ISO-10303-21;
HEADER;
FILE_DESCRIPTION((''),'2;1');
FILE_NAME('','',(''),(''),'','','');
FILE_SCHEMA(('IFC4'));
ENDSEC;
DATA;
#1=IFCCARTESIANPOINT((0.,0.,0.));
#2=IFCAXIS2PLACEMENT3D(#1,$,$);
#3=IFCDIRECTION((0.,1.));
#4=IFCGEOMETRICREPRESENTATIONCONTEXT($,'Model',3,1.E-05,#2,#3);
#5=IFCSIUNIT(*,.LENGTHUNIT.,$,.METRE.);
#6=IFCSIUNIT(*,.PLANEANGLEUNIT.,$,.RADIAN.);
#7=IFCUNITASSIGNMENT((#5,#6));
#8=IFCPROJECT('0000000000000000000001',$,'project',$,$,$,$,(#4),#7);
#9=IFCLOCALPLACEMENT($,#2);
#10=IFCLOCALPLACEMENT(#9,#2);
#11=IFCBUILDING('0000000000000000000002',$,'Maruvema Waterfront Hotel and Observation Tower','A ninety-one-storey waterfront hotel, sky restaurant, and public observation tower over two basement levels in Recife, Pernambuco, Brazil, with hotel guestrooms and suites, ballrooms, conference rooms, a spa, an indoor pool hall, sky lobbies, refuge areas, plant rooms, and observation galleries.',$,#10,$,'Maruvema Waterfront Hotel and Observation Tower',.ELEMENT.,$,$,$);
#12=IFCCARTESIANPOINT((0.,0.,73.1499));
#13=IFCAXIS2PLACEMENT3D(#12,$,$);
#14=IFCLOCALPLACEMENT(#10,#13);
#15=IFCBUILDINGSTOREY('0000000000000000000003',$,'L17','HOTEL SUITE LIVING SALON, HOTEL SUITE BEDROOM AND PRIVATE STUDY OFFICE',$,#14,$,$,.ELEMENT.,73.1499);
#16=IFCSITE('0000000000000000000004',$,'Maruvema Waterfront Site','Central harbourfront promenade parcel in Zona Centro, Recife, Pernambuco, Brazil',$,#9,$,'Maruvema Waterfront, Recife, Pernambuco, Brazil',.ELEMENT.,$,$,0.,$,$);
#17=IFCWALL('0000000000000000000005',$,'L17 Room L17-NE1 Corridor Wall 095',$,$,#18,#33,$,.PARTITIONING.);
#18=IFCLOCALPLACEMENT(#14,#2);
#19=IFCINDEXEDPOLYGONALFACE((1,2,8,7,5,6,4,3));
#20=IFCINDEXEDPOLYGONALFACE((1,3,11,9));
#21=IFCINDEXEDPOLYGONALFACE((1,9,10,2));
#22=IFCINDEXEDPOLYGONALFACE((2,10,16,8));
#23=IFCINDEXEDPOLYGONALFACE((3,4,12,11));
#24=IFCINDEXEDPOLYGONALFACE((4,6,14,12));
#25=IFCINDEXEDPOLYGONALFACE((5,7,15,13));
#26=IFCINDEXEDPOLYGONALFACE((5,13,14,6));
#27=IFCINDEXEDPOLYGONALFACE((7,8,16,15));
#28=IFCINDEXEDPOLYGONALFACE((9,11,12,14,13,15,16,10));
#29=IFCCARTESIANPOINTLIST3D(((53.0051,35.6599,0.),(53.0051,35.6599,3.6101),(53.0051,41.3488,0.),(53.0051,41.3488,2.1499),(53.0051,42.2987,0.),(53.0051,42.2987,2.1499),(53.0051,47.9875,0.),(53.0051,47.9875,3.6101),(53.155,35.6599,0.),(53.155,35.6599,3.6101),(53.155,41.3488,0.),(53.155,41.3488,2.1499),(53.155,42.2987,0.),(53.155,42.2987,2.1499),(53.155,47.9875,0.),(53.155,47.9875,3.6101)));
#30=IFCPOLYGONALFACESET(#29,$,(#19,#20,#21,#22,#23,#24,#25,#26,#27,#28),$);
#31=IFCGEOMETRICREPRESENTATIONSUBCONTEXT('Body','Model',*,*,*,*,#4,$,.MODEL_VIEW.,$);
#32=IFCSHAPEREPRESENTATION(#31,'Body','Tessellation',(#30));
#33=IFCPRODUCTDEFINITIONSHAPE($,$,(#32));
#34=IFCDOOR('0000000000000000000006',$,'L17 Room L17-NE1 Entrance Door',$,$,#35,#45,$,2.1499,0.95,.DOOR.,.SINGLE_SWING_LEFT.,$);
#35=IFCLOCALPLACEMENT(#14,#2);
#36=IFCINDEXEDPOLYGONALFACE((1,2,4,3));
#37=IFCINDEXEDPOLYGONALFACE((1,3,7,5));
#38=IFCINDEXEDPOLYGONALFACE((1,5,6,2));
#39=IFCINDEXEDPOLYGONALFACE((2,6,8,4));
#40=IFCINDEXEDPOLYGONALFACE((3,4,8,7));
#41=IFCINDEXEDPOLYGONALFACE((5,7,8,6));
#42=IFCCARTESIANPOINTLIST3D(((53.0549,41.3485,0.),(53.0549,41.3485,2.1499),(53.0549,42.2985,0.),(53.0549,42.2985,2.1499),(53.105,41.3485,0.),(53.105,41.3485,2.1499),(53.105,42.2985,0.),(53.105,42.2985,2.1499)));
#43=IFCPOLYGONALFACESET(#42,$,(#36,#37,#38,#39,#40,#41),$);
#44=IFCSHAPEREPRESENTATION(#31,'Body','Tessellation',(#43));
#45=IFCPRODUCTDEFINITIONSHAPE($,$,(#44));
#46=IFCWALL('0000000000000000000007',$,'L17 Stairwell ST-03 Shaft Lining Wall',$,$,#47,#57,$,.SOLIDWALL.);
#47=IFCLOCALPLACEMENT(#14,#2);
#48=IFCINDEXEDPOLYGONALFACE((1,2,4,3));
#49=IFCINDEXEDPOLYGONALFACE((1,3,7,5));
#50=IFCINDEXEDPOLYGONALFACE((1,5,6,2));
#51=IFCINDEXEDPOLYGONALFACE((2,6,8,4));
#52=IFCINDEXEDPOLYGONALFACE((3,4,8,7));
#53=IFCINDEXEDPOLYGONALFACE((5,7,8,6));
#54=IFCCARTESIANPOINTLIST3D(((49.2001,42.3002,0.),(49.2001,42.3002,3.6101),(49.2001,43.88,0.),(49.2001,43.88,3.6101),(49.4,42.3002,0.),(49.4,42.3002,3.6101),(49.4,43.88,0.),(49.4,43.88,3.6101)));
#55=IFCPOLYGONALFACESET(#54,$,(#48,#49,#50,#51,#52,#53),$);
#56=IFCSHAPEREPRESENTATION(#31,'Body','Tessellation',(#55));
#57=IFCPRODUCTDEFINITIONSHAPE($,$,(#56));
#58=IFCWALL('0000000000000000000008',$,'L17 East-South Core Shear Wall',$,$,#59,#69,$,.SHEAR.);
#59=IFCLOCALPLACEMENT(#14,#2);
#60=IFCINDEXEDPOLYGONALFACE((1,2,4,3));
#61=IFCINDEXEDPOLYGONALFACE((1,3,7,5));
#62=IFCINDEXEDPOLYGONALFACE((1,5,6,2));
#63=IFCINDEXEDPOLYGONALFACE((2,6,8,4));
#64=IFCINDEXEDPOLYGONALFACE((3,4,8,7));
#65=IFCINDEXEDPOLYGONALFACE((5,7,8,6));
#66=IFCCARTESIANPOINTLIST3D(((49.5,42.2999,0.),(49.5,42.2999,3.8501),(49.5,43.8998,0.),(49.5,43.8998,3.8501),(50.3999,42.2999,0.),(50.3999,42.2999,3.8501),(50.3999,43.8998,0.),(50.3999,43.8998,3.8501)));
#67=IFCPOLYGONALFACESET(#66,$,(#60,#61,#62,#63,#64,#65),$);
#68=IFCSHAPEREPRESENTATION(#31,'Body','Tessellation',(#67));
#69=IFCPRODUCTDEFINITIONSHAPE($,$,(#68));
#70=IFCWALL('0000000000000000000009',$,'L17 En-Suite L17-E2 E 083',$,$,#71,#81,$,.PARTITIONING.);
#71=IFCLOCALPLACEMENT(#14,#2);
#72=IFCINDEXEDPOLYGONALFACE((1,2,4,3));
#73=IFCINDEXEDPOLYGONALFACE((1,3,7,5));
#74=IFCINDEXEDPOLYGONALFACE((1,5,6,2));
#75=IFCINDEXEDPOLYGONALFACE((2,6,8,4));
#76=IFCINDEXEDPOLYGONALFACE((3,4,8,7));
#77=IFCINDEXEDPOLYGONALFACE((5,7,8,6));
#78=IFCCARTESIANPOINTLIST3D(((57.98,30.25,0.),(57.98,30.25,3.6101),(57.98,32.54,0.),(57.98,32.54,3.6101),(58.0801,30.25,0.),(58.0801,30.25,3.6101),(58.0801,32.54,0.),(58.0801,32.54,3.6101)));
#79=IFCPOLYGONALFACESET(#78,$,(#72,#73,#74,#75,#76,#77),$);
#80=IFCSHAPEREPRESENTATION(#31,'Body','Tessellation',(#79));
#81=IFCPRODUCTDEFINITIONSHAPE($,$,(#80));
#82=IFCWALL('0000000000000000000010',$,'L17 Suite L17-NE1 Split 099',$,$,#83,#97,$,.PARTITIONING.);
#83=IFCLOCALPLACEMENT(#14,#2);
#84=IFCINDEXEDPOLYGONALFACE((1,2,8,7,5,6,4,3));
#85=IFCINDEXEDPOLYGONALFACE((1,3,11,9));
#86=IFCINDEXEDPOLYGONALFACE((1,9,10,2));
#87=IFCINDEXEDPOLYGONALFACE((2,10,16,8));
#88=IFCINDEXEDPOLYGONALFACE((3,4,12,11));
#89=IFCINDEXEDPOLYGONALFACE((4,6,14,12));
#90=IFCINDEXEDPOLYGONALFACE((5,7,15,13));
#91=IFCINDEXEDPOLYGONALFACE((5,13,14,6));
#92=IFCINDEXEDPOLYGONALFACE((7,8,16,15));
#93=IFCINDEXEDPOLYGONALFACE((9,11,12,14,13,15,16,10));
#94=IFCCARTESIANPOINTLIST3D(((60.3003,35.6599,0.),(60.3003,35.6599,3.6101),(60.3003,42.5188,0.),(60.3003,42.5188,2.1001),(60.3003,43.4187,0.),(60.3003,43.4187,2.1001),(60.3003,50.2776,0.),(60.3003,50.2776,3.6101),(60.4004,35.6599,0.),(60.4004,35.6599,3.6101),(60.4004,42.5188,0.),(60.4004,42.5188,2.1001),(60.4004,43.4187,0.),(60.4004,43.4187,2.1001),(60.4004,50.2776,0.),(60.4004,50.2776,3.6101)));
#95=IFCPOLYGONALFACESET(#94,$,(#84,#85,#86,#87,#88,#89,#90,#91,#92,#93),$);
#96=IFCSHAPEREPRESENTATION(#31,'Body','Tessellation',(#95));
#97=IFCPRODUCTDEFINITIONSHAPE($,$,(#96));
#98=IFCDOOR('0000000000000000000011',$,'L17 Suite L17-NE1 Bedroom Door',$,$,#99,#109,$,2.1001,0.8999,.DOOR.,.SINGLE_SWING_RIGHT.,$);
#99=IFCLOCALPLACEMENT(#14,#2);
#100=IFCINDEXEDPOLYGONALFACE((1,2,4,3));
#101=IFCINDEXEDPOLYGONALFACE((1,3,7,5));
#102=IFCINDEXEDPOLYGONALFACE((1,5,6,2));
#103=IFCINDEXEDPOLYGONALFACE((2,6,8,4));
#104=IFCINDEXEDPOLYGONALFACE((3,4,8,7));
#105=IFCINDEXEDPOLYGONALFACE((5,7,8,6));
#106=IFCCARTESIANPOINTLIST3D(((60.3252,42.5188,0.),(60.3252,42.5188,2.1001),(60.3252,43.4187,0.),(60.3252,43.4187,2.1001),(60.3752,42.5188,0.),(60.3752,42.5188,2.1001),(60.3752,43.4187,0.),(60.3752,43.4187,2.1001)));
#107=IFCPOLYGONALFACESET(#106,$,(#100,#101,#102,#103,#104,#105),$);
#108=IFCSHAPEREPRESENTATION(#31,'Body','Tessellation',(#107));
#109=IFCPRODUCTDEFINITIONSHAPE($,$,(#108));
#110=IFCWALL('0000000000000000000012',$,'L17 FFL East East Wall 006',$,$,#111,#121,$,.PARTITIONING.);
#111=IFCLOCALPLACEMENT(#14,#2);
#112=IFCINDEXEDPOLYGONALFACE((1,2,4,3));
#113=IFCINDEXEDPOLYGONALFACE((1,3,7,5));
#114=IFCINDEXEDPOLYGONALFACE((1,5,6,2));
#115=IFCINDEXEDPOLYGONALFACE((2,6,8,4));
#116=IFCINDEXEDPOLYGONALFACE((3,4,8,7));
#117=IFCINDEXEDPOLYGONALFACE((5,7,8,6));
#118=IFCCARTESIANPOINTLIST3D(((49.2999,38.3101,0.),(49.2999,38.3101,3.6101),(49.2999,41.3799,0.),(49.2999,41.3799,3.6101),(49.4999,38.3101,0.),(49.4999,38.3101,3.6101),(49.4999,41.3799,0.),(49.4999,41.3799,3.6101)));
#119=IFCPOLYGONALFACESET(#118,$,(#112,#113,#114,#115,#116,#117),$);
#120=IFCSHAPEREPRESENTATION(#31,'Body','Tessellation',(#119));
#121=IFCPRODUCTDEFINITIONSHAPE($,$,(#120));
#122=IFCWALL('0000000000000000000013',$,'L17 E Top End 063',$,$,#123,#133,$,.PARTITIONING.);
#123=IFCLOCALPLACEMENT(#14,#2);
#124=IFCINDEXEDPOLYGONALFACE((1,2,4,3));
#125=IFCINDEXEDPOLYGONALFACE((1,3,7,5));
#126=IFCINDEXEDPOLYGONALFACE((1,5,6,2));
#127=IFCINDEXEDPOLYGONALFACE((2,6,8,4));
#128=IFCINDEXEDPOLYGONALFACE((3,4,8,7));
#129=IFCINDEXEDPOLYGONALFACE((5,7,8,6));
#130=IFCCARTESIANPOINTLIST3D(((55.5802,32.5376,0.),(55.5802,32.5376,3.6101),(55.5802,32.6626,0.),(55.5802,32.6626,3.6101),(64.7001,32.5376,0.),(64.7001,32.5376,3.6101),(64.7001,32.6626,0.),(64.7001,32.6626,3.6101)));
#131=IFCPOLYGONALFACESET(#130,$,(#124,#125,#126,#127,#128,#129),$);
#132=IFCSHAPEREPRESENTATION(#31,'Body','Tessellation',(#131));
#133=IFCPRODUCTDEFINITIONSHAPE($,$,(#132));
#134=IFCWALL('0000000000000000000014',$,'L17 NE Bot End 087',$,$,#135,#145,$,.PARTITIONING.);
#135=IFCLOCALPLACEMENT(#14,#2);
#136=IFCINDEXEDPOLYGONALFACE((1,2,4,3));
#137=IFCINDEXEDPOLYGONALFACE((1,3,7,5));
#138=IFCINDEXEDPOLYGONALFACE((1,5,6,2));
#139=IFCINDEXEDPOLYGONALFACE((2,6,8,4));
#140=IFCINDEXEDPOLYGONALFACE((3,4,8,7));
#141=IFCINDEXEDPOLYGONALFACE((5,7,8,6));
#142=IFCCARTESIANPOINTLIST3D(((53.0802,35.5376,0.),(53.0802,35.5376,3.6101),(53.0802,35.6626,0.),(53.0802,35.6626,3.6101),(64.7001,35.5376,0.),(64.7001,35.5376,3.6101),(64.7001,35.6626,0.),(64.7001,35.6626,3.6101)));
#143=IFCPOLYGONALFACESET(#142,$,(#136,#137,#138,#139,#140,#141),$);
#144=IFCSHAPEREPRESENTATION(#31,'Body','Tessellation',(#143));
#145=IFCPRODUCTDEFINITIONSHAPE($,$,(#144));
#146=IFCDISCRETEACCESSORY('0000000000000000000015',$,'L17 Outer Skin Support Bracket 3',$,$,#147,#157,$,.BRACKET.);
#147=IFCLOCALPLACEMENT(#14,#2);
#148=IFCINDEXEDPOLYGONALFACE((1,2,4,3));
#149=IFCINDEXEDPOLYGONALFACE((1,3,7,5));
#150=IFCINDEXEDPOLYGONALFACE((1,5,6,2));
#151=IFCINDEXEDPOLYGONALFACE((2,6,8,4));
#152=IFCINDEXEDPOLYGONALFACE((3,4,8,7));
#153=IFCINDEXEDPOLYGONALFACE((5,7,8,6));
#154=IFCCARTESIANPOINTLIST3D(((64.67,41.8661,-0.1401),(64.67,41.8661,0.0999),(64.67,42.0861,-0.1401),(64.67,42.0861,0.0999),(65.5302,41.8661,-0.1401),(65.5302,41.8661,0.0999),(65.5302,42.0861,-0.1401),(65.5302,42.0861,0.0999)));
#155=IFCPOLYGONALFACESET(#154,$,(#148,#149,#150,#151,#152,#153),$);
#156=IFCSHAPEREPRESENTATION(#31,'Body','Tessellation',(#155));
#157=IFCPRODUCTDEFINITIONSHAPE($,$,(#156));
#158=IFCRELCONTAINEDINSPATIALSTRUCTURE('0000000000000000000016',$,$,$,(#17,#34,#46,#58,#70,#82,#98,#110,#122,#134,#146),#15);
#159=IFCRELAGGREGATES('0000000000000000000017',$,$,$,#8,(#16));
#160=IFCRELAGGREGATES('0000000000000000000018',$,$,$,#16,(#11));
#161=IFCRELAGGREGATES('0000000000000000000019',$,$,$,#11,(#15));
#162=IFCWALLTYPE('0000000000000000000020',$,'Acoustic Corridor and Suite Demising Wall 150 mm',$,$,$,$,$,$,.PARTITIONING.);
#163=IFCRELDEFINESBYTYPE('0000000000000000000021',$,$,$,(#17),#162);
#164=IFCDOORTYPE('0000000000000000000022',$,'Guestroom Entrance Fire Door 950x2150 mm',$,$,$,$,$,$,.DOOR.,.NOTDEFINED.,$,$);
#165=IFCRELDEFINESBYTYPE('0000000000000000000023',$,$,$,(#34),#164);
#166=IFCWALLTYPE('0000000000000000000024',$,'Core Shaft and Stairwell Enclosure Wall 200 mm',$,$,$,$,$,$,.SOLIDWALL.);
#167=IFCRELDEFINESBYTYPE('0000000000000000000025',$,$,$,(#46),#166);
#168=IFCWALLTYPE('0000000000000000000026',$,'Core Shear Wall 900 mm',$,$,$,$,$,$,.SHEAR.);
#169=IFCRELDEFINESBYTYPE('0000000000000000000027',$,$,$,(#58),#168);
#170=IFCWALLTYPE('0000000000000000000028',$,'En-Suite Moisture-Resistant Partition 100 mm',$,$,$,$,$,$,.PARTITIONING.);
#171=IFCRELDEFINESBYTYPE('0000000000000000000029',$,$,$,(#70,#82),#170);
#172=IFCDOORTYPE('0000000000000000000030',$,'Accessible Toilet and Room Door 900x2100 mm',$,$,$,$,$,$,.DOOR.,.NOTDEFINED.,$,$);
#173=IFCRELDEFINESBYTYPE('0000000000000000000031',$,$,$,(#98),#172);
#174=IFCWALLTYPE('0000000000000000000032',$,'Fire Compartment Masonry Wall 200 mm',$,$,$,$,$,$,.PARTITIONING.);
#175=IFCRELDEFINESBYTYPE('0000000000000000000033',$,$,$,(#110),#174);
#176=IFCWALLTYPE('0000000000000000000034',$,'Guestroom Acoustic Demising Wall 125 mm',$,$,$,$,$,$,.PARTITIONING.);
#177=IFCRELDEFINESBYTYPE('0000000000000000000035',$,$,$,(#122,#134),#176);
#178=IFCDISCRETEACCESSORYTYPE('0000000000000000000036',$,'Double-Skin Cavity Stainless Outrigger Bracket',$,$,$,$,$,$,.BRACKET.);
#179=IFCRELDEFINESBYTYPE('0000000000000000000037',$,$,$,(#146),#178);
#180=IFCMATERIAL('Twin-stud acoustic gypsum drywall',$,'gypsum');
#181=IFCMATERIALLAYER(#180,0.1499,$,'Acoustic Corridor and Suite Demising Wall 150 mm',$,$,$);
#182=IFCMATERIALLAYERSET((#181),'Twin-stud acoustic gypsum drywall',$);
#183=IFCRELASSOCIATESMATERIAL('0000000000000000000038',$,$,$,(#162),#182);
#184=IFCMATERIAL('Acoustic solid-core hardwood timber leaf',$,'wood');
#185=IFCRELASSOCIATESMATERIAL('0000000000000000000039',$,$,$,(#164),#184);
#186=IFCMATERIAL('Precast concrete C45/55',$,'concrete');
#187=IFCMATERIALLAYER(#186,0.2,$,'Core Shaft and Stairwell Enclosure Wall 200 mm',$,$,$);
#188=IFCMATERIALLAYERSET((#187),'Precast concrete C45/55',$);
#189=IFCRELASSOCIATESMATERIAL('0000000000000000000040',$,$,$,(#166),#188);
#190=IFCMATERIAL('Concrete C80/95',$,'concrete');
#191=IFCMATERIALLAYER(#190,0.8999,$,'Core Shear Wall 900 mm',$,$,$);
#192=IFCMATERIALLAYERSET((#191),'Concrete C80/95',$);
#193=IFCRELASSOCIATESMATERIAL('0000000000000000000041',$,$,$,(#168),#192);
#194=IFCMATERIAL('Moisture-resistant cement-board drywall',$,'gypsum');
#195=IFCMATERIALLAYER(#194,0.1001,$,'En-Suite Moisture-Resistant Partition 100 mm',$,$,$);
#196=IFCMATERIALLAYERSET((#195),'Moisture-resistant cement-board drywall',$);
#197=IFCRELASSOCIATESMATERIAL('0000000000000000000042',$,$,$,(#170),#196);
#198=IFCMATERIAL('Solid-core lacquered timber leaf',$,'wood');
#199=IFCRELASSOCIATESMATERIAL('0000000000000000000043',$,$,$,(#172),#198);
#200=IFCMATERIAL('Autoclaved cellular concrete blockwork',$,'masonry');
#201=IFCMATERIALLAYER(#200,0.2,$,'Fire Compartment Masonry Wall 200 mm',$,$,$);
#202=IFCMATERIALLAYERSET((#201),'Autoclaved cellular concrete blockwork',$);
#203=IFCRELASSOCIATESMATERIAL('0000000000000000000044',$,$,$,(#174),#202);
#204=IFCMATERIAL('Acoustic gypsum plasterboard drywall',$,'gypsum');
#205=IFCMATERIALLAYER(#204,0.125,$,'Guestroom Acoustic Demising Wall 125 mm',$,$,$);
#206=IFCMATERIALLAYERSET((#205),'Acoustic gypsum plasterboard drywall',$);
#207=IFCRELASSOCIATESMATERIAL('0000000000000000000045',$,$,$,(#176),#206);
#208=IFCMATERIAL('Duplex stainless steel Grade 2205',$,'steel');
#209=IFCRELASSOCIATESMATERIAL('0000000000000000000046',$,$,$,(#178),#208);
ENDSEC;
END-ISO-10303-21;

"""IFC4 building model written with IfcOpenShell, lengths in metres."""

from ifc_helpers import new_model, si_unit, direction, frame, frame_2d, origin, origin_2d, place, context, subcontext, project, spatial, rectangle, extrude, material, layer, layer_set, type_object, element, fill, save


model = new_model("IFC4")

# Units and contexts
model_context = context("Model", 3, precision=1e-05, world=origin(), true_north=direction((0.0, 1.0)))
body_context = subcontext(model_context, "Body", "Model", "MODEL_VIEW")
ifc_project = project(units=[si_unit("LENGTHUNIT", "METRE"), si_unit("PLANEANGLEUNIT", "RADIAN")], contexts=[model_context])

# Site, building, storey
site_placement = place(None, origin())
site = spatial("IfcSite", under=ifc_project, at=site_placement, Name="Maruvema Waterfront Site", Description="Central harbourfront promenade parcel in Zona Centro, Recife, Pernambuco, Brazil", LongName="Maruvema Waterfront, Recife, Pernambuco, Brazil", CompositionType="ELEMENT", RefElevation=0.0)
building_placement = place(site_placement, origin())
building = spatial("IfcBuilding", under=site, at=building_placement, Name="Maruvema Waterfront Hotel and Observation Tower", Description="A ninety-one-storey waterfront hotel, sky restaurant, and public observation tower over two basement levels in Recife, Pernambuco, Brazil, with hotel guestrooms and suites, ballrooms, conference rooms, a spa, an indoor pool hall, sky lobbies, refuge areas, plant rooms, and observation galleries.", LongName="Maruvema Waterfront Hotel and Observation Tower", CompositionType="ELEMENT")
storey_placement = place(building_placement, frame((0.0, 0.0, 73.1499)))
storey = spatial("IfcBuildingStorey", under=building, at=storey_placement, Name="L17", Description="HOTEL SUITE LIVING SALON, HOTEL SUITE BEDROOM AND PRIVATE STUDY OFFICE", CompositionType="ELEMENT", Elevation=73.1499)

# Wall, opening, door
ifc_material_1 = material(Name="Twin-stud acoustic gypsum drywall", Category="gypsum")
ifc_layer_1 = layer(ifc_material_1, 0.1499, Name="Acoustic Corridor and Suite Demising Wall 150 mm")
ifc_layer_set_1 = layer_set([ifc_layer_1], Name="Twin-stud acoustic gypsum drywall")
wall_type_1 = type_object("IfcWallType", Name="Acoustic Corridor and Suite Demising Wall 150 mm", PredefinedType="PARTITIONING", material=ifc_layer_set_1)
wall_1_placement = place(storey_placement, frame((53.0801, 35.6599, 0.0), z_axis=(0.0, 0.0, 1.0), x_axis=(0.0, 1.0, 0.0)))
wall_1 = element("IfcWall", 1, at=wall_1_placement, inside=storey, type_object=wall_type_1, Name="L17 Room L17-NE1 Corridor Wall 095", PredefinedType="PARTITIONING", context=body_context, shape_type="SweptSolid", body=[
    extrude(rectangle(XDim=12.3276, YDim=0.1499, at=frame_2d((6.1638, 0.0))), origin(), (0.0, 0.0, 1.0), 3.6101),
])
opening_1_placement = place(wall_1_placement, frame((5.6887, 0.0, 0.0)))
opening_1 = element("IfcOpeningElement", 2, at=opening_1_placement, cuts=wall_1, PredefinedType="OPENING", context=body_context, shape_type="SweptSolid", body=[
    extrude(rectangle(XDim=0.95, YDim=2.1499, at=frame_2d((0.4751, 1.075))), frame((0.0, 0.085, 0.0), z_axis=(0.0, -1.0, 0.0), x_axis=(1.0, 0.0, 0.0)), (0.0, 0.0, 1.0), 0.1699),
])
ifc_material_2 = material(Name="Acoustic solid-core hardwood timber leaf", Category="wood")
door_type_1 = type_object("IfcDoorType", Name="Guestroom Entrance Fire Door 950x2150 mm", OperationType="NOTDEFINED", PredefinedType="DOOR", material=ifc_material_2)
door_1_placement = place(opening_1_placement, frame((0.95, 0.0, 0.0), z_axis=(0.0, 0.0, 1.0), x_axis=(-1.0, 0.0, 0.0)))
door_1 = element("IfcDoor", 3, at=door_1_placement, inside=storey, type_object=door_type_1, Name="L17 Room L17-NE1 Entrance Door", OperationType="SINGLE_SWING_LEFT", OverallHeight=2.1499, OverallWidth=0.95, PredefinedType="DOOR", context=body_context, shape_type="SweptSolid", body=[
    extrude(rectangle(XDim=0.95, YDim=2.1499, at=frame_2d((0.4751, 1.075))), frame((0.0, 0.0249, 0.0), z_axis=(0.0, -1.0, 0.0), x_axis=(1.0, 0.0, 0.0)), (0.0, 0.0, 1.0), 0.05),
])
fill(opening_1, door_1)

# Walls
ifc_material_3 = material(Name="Precast concrete C45/55", Category="concrete")
ifc_layer_2 = layer(ifc_material_3, 0.2, Name="Core Shaft and Stairwell Enclosure Wall 200 mm")
ifc_layer_set_2 = layer_set([ifc_layer_2], Name="Precast concrete C45/55")
wall_type_2 = type_object("IfcWallType", Name="Core Shaft and Stairwell Enclosure Wall 200 mm", PredefinedType="SOLIDWALL", material=ifc_layer_set_2)
wall_2_placement = place(storey_placement, frame((49.3, 42.3, 0.0), z_axis=(0.0, 0.0, 1.0), x_axis=(0.0, 1.0, 0.0)))
element("IfcWall", 4, at=wall_2_placement, inside=storey, type_object=wall_type_2, Name="L17 Stairwell ST-03 Shaft Lining Wall", PredefinedType="SOLIDWALL", context=body_context, shape_type="SweptSolid", body=[
    extrude(rectangle(XDim=1.5798, YDim=0.2, at=frame_2d((0.79, 0.0))), origin(), (0.0, 0.0, 1.0), 3.6101),
])
ifc_material_4 = material(Name="Concrete C80/95", Category="concrete")
ifc_layer_3 = layer(ifc_material_4, 0.8999, Name="Core Shear Wall 900 mm")
ifc_layer_set_3 = layer_set([ifc_layer_3], Name="Concrete C80/95")
wall_type_3 = type_object("IfcWallType", Name="Core Shear Wall 900 mm", PredefinedType="SHEAR", material=ifc_layer_set_3)
wall_3_placement = place(storey_placement, frame((49.95, 42.3, 0.0), z_axis=(0.0, 0.0, 1.0), x_axis=(0.0, 1.0, 0.0)))
element("IfcWall", 5, at=wall_3_placement, inside=storey, type_object=wall_type_3, Name="L17 East-South Core Shear Wall", PredefinedType="SHEAR", context=body_context, shape_type="SweptSolid", body=[
    extrude(rectangle(XDim=1.5999, YDim=0.8999, at=frame_2d((0.7998, 0.0))), origin(), (0.0, 0.0, 1.0), 3.8501),
])
ifc_material_5 = material(Name="Moisture-resistant cement-board drywall", Category="gypsum")
ifc_layer_4 = layer(ifc_material_5, 0.1001, Name="En-Suite Moisture-Resistant Partition 100 mm")
ifc_layer_set_4 = layer_set([ifc_layer_4], Name="Moisture-resistant cement-board drywall")
wall_type_4 = type_object("IfcWallType", Name="En-Suite Moisture-Resistant Partition 100 mm", PredefinedType="PARTITIONING", material=ifc_layer_set_4)
wall_4_placement = place(storey_placement, frame((58.03, 30.25, 0.0), z_axis=(0.0, 0.0, 1.0), x_axis=(0.0, 1.0, 0.0)))
element("IfcWall", 6, at=wall_4_placement, inside=storey, type_object=wall_type_4, Name="L17 En-Suite L17-E2 E 083", PredefinedType="PARTITIONING", context=body_context, shape_type="SweptSolid", body=[
    extrude(rectangle(XDim=2.29, YDim=0.1001, at=frame_2d((1.145, 0.0))), origin(), (0.0, 0.0, 1.0), 3.6101),
])

# Wall, opening, door
wall_5_placement = place(storey_placement, frame((60.3503, 35.6599, 0.0), z_axis=(0.0, 0.0, 1.0), x_axis=(0.0, 1.0, 0.0)))
wall_5 = element("IfcWall", 7, at=wall_5_placement, inside=storey, type_object=wall_type_4, Name="L17 Suite L17-NE1 Split 099", PredefinedType="PARTITIONING", context=body_context, shape_type="SweptSolid", body=[
    extrude(rectangle(XDim=14.6177, YDim=0.1001, at=frame_2d((7.3088, 0.0))), origin(), (0.0, 0.0, 1.0), 3.6101),
])
opening_2_placement = place(wall_5_placement, frame((6.8589, 0.0, 0.0)))
opening_2 = element("IfcOpeningElement", 8, at=opening_2_placement, cuts=wall_5, PredefinedType="OPENING", context=body_context, shape_type="SweptSolid", body=[
    extrude(rectangle(XDim=0.8999, YDim=2.1001, at=frame_2d((0.45, 1.05))), frame((0.0, 0.0601, 0.0), z_axis=(0.0, -1.0, 0.0), x_axis=(1.0, 0.0, 0.0)), (0.0, 0.0, 1.0), 0.1201),
])
ifc_material_6 = material(Name="Solid-core lacquered timber leaf", Category="wood")
door_type_2 = type_object("IfcDoorType", Name="Accessible Toilet and Room Door 900x2100 mm", OperationType="NOTDEFINED", PredefinedType="DOOR", material=ifc_material_6)
door_2_placement = place(opening_2_placement, frame((0.8999, 0.0, 0.0), z_axis=(0.0, 0.0, 1.0), x_axis=(-1.0, 0.0, 0.0)))
door_2 = element("IfcDoor", 9, at=door_2_placement, inside=storey, type_object=door_type_2, Name="L17 Suite L17-NE1 Bedroom Door", OperationType="SINGLE_SWING_RIGHT", OverallHeight=2.1001, OverallWidth=0.8999, PredefinedType="DOOR", context=body_context, shape_type="SweptSolid", body=[
    extrude(rectangle(XDim=0.8999, YDim=2.1001, at=frame_2d((0.45, 1.05))), frame((0.0, 0.0249, 0.0), z_axis=(0.0, -1.0, 0.0), x_axis=(1.0, 0.0, 0.0)), (0.0, 0.0, 1.0), 0.05),
])
fill(opening_2, door_2)

# Walls
ifc_material_7 = material(Name="Autoclaved cellular concrete blockwork", Category="masonry")
ifc_layer_5 = layer(ifc_material_7, 0.2, Name="Fire Compartment Masonry Wall 200 mm")
ifc_layer_set_5 = layer_set([ifc_layer_5], Name="Autoclaved cellular concrete blockwork")
wall_type_5 = type_object("IfcWallType", Name="Fire Compartment Masonry Wall 200 mm", PredefinedType="PARTITIONING", material=ifc_layer_set_5)
wall_6_placement = place(storey_placement, frame((49.3999, 38.3101, 0.0), z_axis=(0.0, 0.0, 1.0), x_axis=(0.0, 1.0, 0.0)))
element("IfcWall", 10, at=wall_6_placement, inside=storey, type_object=wall_type_5, Name="L17 FFL East East Wall 006", PredefinedType="PARTITIONING", context=body_context, shape_type="SweptSolid", body=[
    extrude(rectangle(XDim=3.0698, YDim=0.2, at=frame_2d((1.5349, 0.0))), origin(), (0.0, 0.0, 1.0), 3.6101),
])
ifc_material_8 = material(Name="Acoustic gypsum plasterboard drywall", Category="gypsum")
ifc_layer_6 = layer(ifc_material_8, 0.125, Name="Guestroom Acoustic Demising Wall 125 mm")
ifc_layer_set_6 = layer_set([ifc_layer_6], Name="Acoustic gypsum plasterboard drywall")
wall_type_6 = type_object("IfcWallType", Name="Guestroom Acoustic Demising Wall 125 mm", PredefinedType="PARTITIONING", material=ifc_layer_set_6)
wall_7_placement = place(storey_placement, frame((55.5801, 32.6001, 0.0), z_axis=(0.0, 0.0, 1.0), x_axis=(1.0, 0.0, 0.0)))
element("IfcWall", 11, at=wall_7_placement, inside=storey, type_object=wall_type_6, Name="L17 E Top End 063", PredefinedType="PARTITIONING", context=body_context, shape_type="SweptSolid", body=[
    extrude(rectangle(XDim=9.1199, YDim=0.125, at=frame_2d((4.5601, 0.0))), origin(), (0.0, 0.0, 1.0), 3.6101),
])
wall_8_placement = place(storey_placement, frame((53.0801, 35.6001, 0.0), z_axis=(0.0, 0.0, 1.0), x_axis=(1.0, 0.0, 0.0)))
element("IfcWall", 12, at=wall_8_placement, inside=storey, type_object=wall_type_6, Name="L17 NE Bot End 087", PredefinedType="PARTITIONING", context=body_context, shape_type="SweptSolid", body=[
    extrude(rectangle(XDim=11.6199, YDim=0.125, at=frame_2d((5.8101, 0.0))), origin(), (0.0, 0.0, 1.0), 3.6101),
])

# Discrete accessory
ifc_material_9 = material(Name="Duplex stainless steel Grade 2205", Category="steel")
discrete_accessory_type = type_object("IfcDiscreteAccessoryType", Name="Double-Skin Cavity Stainless Outrigger Bracket", PredefinedType="BRACKET", material=ifc_material_9)
discrete_accessory_placement = place(storey_placement, frame((65.1001, 41.9761, -0.1401), z_axis=(0.0, 0.0, 1.0), x_axis=(0.0, 1.0, 0.0)))
element("IfcDiscreteAccessory", 13, at=discrete_accessory_placement, inside=storey, type_object=discrete_accessory_type, Name="L17 Outer Skin Support Bracket 3", PredefinedType="BRACKET", context=body_context, shape_type="SweptSolid", body=[
    extrude(rectangle(XDim=0.22, YDim=0.8601, at=origin_2d()), origin(), (0.0, 0.0, 1.0), 0.24),
])

save(model, "model.ifc")
